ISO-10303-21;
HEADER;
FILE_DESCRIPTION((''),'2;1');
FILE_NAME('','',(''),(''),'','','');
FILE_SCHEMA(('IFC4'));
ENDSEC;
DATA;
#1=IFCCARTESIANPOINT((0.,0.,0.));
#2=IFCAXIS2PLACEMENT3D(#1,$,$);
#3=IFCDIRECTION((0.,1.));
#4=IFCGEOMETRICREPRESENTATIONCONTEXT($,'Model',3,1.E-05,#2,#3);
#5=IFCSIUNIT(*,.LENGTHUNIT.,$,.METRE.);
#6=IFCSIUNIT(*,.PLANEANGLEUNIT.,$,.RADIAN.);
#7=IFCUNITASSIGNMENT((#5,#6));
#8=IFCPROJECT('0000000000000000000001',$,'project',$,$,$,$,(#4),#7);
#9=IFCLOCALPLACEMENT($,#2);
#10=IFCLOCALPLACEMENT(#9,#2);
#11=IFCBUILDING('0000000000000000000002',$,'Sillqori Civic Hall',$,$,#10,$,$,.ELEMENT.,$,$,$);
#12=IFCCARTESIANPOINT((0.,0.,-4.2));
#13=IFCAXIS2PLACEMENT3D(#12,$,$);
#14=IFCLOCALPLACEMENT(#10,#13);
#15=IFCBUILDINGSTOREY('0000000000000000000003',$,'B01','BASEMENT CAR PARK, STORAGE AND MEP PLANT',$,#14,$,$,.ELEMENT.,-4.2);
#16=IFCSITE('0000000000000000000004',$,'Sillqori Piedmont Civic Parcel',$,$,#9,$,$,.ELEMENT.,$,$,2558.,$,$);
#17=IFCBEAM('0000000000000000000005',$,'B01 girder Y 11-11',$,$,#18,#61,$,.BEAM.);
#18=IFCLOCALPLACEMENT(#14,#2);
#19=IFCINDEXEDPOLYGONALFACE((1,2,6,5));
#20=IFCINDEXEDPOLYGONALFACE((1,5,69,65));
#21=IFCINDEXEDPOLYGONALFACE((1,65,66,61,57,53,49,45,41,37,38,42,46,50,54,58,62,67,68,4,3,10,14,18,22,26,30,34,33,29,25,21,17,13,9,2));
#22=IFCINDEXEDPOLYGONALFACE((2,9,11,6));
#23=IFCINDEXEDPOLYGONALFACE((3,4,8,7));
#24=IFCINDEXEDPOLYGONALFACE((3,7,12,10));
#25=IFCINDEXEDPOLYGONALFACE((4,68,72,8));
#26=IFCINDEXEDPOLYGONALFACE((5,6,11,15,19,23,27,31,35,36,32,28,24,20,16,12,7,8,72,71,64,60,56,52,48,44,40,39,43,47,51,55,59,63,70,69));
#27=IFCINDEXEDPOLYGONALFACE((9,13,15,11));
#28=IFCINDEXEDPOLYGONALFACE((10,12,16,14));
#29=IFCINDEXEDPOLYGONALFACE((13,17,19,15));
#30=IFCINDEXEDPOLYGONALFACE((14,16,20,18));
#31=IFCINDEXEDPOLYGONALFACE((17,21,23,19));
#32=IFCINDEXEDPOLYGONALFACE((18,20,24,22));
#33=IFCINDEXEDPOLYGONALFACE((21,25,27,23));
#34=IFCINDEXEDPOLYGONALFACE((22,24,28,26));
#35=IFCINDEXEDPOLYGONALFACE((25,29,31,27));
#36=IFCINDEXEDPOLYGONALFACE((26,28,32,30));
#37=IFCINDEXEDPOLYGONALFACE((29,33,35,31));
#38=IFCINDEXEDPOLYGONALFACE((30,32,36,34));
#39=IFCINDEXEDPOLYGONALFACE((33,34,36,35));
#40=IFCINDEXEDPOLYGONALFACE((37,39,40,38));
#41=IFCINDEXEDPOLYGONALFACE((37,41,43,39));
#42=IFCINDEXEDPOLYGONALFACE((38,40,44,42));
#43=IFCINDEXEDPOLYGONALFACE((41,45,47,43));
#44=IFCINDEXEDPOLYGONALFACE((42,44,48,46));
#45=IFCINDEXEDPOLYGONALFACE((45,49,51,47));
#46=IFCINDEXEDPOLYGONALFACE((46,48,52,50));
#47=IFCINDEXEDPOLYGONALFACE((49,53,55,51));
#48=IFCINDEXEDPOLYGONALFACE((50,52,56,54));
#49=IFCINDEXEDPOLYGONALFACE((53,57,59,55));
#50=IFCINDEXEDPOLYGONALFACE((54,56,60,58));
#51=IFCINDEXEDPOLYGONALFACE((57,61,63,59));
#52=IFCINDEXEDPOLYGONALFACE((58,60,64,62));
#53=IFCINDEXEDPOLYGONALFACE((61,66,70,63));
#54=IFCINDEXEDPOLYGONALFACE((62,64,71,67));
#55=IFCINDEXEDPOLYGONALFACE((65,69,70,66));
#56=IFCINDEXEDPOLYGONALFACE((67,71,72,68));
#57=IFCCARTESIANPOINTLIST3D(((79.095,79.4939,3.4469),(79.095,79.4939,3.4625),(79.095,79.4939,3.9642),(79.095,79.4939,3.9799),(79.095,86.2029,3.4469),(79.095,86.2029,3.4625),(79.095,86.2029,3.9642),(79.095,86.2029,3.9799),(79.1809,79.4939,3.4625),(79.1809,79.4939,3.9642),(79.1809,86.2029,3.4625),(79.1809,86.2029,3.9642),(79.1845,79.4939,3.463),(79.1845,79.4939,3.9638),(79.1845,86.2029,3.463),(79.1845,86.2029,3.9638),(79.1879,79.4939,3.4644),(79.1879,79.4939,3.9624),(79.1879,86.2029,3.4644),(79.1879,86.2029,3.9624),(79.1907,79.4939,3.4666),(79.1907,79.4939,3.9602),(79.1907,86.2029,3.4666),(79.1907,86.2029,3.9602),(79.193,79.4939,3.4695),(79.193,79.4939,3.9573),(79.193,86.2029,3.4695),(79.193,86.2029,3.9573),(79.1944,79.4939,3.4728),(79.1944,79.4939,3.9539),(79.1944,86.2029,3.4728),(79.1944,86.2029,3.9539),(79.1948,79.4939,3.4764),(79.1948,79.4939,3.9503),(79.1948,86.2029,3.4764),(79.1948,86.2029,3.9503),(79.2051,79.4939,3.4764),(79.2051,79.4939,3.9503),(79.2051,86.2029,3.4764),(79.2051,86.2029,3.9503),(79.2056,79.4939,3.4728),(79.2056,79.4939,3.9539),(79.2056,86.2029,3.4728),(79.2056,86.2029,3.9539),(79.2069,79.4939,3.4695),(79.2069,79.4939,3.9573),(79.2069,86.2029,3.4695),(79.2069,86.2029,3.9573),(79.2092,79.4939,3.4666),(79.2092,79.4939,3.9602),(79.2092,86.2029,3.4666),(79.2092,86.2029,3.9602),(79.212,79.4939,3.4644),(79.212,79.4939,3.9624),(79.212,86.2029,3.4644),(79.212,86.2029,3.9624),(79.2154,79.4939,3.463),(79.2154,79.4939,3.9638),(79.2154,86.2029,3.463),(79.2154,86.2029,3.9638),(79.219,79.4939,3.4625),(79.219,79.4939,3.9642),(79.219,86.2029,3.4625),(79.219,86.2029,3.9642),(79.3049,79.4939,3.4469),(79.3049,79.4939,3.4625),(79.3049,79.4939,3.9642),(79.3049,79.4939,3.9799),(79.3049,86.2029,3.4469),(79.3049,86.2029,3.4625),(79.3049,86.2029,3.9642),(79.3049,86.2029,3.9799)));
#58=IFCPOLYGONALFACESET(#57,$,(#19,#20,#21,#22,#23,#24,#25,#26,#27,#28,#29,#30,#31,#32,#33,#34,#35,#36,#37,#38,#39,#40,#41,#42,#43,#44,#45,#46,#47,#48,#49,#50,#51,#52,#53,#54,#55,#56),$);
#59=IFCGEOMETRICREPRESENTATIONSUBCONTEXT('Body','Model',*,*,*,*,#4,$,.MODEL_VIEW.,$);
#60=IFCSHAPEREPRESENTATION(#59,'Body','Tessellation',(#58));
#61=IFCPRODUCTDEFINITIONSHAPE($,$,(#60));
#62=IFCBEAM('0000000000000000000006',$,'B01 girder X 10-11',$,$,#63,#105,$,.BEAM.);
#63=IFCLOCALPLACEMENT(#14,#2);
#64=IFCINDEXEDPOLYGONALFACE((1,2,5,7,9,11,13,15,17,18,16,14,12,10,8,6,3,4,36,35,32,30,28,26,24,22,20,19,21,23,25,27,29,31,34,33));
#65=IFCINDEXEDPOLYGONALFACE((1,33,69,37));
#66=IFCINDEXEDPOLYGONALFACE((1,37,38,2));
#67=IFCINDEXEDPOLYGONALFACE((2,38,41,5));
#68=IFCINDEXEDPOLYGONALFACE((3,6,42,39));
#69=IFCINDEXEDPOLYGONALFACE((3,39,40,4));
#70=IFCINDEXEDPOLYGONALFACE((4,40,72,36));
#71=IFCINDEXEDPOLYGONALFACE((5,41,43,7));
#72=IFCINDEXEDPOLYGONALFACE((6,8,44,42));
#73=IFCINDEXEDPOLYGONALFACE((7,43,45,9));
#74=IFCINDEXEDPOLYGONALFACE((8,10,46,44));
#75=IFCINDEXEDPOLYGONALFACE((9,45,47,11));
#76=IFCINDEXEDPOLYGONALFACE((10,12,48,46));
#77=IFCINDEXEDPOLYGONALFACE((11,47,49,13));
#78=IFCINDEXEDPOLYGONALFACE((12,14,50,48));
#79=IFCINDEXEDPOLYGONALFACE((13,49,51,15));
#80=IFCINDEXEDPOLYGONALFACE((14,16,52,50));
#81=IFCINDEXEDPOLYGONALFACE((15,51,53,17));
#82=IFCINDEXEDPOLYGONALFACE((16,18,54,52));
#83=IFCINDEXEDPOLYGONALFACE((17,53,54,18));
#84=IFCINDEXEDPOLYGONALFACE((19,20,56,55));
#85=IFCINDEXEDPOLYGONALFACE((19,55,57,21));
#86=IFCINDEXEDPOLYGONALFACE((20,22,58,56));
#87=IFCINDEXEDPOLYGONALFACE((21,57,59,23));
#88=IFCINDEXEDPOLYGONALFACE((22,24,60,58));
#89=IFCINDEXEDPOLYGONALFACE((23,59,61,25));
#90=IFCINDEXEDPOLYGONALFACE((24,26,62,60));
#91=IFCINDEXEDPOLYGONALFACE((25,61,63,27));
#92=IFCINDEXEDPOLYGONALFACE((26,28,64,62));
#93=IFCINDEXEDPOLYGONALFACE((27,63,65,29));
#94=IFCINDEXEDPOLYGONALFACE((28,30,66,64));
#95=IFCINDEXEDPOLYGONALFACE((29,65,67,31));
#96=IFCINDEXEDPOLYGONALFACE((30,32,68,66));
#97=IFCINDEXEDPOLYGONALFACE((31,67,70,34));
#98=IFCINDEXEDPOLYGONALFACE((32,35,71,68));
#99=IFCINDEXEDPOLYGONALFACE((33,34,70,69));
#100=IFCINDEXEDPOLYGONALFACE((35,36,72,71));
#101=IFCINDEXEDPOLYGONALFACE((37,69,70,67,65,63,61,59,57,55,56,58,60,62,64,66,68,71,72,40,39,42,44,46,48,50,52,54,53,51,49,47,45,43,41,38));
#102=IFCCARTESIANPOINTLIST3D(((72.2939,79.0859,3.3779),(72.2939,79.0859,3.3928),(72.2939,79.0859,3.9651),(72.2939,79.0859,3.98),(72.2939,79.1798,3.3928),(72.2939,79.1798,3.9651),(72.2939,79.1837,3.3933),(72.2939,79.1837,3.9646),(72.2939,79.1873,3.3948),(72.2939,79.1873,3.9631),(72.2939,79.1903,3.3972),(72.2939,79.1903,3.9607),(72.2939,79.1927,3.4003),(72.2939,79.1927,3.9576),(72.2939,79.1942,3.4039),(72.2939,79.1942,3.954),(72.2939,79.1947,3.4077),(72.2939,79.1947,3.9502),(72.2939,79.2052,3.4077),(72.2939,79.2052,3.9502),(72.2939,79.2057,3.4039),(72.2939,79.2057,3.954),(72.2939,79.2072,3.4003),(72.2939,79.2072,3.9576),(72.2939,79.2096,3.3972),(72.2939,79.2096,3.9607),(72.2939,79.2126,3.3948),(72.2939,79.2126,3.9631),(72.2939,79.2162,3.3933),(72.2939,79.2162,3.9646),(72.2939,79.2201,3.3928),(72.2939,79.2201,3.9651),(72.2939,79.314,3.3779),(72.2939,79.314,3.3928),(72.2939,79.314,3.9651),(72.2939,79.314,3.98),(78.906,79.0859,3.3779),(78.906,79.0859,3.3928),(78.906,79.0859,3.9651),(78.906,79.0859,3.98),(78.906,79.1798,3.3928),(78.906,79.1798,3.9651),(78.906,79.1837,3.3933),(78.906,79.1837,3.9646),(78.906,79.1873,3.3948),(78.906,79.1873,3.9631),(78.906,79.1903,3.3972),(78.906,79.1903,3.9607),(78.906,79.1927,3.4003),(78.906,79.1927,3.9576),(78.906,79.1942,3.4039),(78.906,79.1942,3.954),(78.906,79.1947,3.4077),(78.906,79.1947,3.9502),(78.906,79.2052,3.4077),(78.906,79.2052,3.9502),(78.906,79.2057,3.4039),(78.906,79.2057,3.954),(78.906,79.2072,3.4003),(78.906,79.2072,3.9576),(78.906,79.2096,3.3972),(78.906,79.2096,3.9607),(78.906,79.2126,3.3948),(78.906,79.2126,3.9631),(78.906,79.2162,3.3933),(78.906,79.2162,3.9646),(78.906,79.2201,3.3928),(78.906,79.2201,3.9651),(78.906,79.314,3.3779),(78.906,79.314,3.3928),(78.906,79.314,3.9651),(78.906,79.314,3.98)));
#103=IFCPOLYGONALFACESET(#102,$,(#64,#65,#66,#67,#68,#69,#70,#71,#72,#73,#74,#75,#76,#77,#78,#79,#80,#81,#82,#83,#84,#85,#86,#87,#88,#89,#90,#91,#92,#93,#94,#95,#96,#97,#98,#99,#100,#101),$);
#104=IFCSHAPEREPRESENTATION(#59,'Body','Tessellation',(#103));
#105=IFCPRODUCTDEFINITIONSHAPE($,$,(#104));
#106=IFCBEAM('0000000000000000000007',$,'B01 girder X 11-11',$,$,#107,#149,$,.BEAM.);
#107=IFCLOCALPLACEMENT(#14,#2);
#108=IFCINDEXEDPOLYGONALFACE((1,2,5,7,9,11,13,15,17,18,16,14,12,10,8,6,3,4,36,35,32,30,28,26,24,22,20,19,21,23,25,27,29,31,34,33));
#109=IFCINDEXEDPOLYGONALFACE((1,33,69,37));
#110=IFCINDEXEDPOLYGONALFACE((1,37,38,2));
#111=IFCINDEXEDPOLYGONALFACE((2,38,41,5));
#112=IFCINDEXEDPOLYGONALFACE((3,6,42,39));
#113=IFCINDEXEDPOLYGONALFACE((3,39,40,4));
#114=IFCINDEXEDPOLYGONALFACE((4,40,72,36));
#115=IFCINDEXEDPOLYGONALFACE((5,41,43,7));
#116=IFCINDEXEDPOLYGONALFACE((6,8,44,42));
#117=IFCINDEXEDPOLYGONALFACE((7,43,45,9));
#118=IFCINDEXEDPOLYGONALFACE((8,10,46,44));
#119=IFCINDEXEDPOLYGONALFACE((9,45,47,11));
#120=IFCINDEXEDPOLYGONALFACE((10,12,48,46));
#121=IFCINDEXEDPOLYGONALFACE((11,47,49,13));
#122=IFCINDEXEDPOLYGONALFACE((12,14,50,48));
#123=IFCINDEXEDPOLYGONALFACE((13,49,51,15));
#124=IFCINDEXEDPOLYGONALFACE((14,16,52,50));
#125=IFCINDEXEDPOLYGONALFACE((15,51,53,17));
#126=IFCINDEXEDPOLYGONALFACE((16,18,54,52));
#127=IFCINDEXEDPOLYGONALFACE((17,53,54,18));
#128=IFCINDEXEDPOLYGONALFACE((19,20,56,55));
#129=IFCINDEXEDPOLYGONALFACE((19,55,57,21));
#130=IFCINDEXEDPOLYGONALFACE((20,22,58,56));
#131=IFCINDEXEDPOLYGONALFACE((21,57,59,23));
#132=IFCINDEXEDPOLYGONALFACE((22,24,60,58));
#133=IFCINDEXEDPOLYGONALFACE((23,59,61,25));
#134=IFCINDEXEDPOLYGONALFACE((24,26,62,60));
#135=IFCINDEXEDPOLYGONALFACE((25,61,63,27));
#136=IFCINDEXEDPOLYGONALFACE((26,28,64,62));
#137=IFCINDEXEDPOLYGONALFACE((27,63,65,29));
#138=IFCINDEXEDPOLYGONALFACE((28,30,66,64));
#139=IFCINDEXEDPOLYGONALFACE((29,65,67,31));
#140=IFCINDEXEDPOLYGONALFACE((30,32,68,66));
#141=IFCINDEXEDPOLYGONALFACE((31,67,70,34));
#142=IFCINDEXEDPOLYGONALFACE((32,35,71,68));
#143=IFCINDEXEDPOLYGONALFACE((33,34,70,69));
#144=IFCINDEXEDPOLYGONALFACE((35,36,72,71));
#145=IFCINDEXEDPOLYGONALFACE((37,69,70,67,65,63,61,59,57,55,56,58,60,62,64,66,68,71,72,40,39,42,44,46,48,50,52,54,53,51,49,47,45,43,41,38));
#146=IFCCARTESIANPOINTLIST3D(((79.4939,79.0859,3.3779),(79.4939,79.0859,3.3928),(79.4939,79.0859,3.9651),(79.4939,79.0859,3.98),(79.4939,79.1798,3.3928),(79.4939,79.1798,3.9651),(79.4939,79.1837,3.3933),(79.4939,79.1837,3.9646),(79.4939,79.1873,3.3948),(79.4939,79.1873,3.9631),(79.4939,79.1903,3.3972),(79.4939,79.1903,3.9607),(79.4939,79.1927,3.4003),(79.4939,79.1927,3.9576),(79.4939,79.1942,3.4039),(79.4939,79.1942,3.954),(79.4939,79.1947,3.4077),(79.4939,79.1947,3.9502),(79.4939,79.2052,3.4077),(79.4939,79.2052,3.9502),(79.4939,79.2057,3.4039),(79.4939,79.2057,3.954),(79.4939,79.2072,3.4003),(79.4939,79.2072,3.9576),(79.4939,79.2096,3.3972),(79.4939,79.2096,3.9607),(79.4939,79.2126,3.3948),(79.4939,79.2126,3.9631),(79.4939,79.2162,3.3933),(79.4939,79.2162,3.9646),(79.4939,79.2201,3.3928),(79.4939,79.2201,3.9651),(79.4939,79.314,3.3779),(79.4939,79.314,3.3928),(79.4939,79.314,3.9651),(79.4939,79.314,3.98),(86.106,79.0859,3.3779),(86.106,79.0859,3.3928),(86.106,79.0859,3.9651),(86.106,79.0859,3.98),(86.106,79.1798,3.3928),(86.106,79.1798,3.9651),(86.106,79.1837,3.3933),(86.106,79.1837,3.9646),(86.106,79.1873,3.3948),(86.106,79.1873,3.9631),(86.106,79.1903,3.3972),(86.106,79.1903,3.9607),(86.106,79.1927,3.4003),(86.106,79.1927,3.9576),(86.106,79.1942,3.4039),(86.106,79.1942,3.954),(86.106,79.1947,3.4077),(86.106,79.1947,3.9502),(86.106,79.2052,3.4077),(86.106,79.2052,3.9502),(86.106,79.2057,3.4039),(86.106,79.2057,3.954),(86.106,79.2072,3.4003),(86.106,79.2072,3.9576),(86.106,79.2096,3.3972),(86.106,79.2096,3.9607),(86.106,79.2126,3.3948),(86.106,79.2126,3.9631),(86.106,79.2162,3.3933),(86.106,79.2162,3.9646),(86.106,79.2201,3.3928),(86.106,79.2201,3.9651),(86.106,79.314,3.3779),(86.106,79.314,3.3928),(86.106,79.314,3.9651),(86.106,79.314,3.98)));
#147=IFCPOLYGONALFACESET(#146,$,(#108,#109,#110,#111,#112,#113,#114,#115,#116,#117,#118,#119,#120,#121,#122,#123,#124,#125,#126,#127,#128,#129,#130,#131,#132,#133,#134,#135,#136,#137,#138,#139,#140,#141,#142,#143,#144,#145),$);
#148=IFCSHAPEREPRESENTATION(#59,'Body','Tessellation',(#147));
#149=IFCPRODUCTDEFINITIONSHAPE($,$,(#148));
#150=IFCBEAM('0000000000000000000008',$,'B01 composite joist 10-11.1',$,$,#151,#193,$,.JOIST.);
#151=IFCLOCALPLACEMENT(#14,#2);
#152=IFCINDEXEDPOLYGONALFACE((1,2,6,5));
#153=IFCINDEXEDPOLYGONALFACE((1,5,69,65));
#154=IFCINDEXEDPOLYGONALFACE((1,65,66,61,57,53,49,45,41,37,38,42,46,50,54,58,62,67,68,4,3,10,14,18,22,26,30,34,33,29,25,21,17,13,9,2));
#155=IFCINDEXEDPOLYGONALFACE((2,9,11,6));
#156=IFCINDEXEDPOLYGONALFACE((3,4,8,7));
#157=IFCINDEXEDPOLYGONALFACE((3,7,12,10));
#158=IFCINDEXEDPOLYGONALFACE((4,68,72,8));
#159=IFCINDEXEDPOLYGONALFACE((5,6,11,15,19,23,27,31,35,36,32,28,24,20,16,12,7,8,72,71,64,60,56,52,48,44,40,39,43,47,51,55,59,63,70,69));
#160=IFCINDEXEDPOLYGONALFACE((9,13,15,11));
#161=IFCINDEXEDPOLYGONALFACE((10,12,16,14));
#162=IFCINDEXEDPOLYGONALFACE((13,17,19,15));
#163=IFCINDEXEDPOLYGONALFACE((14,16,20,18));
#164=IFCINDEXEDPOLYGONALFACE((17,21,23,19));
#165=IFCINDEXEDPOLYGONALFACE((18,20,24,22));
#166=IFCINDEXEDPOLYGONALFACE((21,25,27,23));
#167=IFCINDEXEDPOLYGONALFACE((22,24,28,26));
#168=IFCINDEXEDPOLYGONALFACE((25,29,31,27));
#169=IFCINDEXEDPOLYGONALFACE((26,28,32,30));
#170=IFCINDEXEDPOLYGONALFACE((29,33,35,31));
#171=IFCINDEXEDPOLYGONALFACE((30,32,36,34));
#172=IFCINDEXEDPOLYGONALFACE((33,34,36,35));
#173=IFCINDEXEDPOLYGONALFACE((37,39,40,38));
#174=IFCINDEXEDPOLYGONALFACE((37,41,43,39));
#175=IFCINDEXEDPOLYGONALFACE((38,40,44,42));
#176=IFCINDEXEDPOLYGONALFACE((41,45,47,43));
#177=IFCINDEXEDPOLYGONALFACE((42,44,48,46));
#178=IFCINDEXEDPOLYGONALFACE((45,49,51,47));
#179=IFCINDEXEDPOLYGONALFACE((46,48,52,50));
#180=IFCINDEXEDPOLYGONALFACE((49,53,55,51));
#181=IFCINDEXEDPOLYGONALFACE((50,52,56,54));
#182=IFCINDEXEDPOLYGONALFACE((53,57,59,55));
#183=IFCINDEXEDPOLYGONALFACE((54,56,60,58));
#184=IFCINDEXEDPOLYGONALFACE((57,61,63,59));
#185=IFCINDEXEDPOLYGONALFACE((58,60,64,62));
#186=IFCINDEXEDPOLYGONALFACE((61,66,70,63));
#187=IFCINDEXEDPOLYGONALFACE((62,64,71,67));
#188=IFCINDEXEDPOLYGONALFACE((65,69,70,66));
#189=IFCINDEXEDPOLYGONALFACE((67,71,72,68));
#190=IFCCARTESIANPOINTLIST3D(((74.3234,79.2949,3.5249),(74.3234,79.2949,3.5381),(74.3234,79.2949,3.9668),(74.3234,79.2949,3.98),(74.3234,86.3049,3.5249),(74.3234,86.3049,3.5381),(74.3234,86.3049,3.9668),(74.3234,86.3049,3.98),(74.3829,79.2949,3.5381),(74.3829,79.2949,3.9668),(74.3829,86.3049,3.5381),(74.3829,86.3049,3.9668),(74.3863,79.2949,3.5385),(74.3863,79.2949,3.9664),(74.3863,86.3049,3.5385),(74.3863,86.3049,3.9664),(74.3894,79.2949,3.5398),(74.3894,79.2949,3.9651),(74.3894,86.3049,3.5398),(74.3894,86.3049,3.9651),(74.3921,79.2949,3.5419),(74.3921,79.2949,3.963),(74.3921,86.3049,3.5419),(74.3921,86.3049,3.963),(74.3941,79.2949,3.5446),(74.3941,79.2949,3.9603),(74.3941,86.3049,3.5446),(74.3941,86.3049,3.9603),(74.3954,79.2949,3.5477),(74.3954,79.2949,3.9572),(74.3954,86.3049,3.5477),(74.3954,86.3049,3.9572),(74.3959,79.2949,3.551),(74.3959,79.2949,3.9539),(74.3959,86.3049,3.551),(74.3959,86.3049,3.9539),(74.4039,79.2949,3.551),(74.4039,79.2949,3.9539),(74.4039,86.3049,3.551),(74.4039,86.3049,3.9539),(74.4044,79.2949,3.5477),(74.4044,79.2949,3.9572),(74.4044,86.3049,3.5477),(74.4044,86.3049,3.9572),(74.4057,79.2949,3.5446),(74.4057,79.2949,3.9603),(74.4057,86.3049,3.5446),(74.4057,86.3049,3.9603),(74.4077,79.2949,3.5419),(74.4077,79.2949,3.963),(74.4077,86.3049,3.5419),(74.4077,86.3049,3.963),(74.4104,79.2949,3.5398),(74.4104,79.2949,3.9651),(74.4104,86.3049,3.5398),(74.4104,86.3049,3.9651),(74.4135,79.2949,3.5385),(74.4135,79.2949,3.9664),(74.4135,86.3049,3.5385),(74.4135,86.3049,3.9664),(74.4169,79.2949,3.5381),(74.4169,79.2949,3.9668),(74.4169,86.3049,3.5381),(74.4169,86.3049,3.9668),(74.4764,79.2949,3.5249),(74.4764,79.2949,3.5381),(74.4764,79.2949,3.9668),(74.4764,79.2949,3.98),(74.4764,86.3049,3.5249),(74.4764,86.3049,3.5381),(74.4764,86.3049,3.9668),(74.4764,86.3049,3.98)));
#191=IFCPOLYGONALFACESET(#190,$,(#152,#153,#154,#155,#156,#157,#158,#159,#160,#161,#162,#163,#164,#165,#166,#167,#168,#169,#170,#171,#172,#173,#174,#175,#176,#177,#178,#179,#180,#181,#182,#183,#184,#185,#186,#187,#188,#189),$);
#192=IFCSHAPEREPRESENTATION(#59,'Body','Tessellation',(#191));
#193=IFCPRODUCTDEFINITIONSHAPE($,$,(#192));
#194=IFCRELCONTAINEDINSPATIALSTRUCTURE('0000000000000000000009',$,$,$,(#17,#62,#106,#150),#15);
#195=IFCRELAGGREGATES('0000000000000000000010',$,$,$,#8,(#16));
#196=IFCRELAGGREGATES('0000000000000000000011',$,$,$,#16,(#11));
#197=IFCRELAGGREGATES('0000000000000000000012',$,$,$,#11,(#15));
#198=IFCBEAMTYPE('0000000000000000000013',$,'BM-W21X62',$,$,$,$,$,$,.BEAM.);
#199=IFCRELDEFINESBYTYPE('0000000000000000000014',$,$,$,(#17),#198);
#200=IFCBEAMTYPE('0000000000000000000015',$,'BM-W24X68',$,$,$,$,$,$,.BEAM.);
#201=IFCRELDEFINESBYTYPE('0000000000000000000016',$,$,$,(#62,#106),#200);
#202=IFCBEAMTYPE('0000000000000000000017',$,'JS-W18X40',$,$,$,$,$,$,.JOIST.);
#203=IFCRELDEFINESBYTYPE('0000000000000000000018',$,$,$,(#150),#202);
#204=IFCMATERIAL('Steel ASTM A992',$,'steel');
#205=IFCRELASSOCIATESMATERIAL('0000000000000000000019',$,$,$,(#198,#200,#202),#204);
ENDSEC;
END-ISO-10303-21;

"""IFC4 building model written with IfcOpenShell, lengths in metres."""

from ifc_helpers import new_model, si_unit, direction, frame, origin, origin_2d, place, context, subcontext, project, spatial, i_section, extrude, material, material_profile, profile_set, type_object, element, save


model = new_model("IFC4")

# Units and contexts
model_context = context("Model", 3, precision=1e-05, world=origin(), true_north=direction((0.0, 1.0)))
body_context = subcontext(model_context, "Body", "Model", "MODEL_VIEW")
ifc_project = project(units=[si_unit("LENGTHUNIT", "METRE"), si_unit("PLANEANGLEUNIT", "RADIAN")], contexts=[model_context])

# Site, building, storey
site_placement = place(None, origin())
site = spatial("IfcSite", under=ifc_project, at=site_placement, Name="Sillqori Piedmont Civic Parcel", CompositionType="ELEMENT", RefElevation=2558.0)
building_placement = place(site_placement, origin())
building = spatial("IfcBuilding", under=site, at=building_placement, Name="Sillqori Civic Hall", CompositionType="ELEMENT")
storey_placement = place(building_placement, frame((0.0, 0.0, -4.2)))
storey = spatial("IfcBuildingStorey", under=building, at=storey_placement, Name="B01", Description="BASEMENT CAR PARK, STORAGE AND MEP PLANT", CompositionType="ELEMENT", Elevation=-4.2)

# Beams
ifc_material_1 = material(Name="Steel ASTM A992", Category="steel")
ifc_material_profile_1 = material_profile(ifc_material_1, i_section(OverallWidth=0.21, OverallDepth=0.533, WebThickness=0.0103, FlangeThickness=0.0156, FilletRadius=0.0139, at=origin_2d()), Name="W21X62")
ifc_profile_set_1 = profile_set([ifc_material_profile_1], Name="Steel ASTM A992")
beam_type_1 = type_object("IfcBeamType", Name="BM-W21X62", PredefinedType="BEAM", material=ifc_profile_set_1)
for number, where, z_axis, x_axis, name in (
    (1, (79.2, 79.4939, 3.7134), (0.0, 1.0, 0.0), (-1.0, 0.0, 0.0), "B01 girder Y 11-11"),
):
    element("IfcBeam", number, at=place(storey_placement, frame(where, z_axis=z_axis, x_axis=x_axis)), inside=storey, type_object=beam_type_1, Name=name, PredefinedType="BEAM", context=body_context, shape_type="SweptSolid", body=[
        extrude(i_section(OverallWidth=0.21, OverallDepth=0.533, WebThickness=0.0103, FlangeThickness=0.0156, FilletRadius=0.0139, at=origin_2d()), origin(), (0.0, 0.0, 1.0), 6.709),
    ])
ifc_material_profile_2 = material_profile(ifc_material_1, i_section(OverallWidth=0.228, OverallDepth=0.6021, WebThickness=0.0105, FlangeThickness=0.0149, FilletRadius=0.0149, at=origin_2d()), Name="W24X68")
ifc_profile_set_2 = profile_set([ifc_material_profile_2], Name="Steel ASTM A992")
beam_type_2 = type_object("IfcBeamType", Name="BM-W24X68", PredefinedType="BEAM", material=ifc_profile_set_2)
for number, where, z_axis, x_axis, name in (
    (2, (72.2939, 79.2, 3.679), (1.0, 0.0, 0.0), (0.0, 1.0, 0.0), "B01 girder X 10-11"),
    (3, (79.4939, 79.2, 3.679), (1.0, 0.0, 0.0), (0.0, 1.0, 0.0), "B01 girder X 11-11"),
):
    element("IfcBeam", number, at=place(storey_placement, frame(where, z_axis=z_axis, x_axis=x_axis)), inside=storey, type_object=beam_type_2, Name=name, PredefinedType="BEAM", context=body_context, shape_type="SweptSolid", body=[
        extrude(i_section(OverallWidth=0.228, OverallDepth=0.6021, WebThickness=0.0105, FlangeThickness=0.0149, FilletRadius=0.0149, at=origin_2d()), origin(), (0.0, 0.0, 1.0), 6.6121),
    ])
ifc_material_profile_3 = material_profile(ifc_material_1, i_section(OverallWidth=0.1531, OverallDepth=0.4551, WebThickness=0.0081, FlangeThickness=0.0132, FilletRadius=0.0129, at=origin_2d()), Name="W18X40")
ifc_profile_set_3 = profile_set([ifc_material_profile_3], Name="Steel ASTM A992")
beam_type_3 = type_object("IfcBeamType", Name="JS-W18X40", PredefinedType="JOIST", material=ifc_profile_set_3)
for number, where, z_axis, x_axis, name in (
    (4, (74.3999, 79.2949, 3.7524), (0.0, 1.0, 0.0), (-1.0, 0.0, 0.0), "B01 composite joist 10-11.1"),
):
    element("IfcBeam", number, at=place(storey_placement, frame(where, z_axis=z_axis, x_axis=x_axis)), inside=storey, type_object=beam_type_3, Name=name, PredefinedType="JOIST", context=body_context, shape_type="SweptSolid", body=[
        extrude(i_section(OverallWidth=0.1531, OverallDepth=0.4551, WebThickness=0.0081, FlangeThickness=0.0132, FilletRadius=0.0129, at=origin_2d()), origin(), (0.0, 0.0, 1.0), 7.01),
    ])

save(model, "model.ifc")
